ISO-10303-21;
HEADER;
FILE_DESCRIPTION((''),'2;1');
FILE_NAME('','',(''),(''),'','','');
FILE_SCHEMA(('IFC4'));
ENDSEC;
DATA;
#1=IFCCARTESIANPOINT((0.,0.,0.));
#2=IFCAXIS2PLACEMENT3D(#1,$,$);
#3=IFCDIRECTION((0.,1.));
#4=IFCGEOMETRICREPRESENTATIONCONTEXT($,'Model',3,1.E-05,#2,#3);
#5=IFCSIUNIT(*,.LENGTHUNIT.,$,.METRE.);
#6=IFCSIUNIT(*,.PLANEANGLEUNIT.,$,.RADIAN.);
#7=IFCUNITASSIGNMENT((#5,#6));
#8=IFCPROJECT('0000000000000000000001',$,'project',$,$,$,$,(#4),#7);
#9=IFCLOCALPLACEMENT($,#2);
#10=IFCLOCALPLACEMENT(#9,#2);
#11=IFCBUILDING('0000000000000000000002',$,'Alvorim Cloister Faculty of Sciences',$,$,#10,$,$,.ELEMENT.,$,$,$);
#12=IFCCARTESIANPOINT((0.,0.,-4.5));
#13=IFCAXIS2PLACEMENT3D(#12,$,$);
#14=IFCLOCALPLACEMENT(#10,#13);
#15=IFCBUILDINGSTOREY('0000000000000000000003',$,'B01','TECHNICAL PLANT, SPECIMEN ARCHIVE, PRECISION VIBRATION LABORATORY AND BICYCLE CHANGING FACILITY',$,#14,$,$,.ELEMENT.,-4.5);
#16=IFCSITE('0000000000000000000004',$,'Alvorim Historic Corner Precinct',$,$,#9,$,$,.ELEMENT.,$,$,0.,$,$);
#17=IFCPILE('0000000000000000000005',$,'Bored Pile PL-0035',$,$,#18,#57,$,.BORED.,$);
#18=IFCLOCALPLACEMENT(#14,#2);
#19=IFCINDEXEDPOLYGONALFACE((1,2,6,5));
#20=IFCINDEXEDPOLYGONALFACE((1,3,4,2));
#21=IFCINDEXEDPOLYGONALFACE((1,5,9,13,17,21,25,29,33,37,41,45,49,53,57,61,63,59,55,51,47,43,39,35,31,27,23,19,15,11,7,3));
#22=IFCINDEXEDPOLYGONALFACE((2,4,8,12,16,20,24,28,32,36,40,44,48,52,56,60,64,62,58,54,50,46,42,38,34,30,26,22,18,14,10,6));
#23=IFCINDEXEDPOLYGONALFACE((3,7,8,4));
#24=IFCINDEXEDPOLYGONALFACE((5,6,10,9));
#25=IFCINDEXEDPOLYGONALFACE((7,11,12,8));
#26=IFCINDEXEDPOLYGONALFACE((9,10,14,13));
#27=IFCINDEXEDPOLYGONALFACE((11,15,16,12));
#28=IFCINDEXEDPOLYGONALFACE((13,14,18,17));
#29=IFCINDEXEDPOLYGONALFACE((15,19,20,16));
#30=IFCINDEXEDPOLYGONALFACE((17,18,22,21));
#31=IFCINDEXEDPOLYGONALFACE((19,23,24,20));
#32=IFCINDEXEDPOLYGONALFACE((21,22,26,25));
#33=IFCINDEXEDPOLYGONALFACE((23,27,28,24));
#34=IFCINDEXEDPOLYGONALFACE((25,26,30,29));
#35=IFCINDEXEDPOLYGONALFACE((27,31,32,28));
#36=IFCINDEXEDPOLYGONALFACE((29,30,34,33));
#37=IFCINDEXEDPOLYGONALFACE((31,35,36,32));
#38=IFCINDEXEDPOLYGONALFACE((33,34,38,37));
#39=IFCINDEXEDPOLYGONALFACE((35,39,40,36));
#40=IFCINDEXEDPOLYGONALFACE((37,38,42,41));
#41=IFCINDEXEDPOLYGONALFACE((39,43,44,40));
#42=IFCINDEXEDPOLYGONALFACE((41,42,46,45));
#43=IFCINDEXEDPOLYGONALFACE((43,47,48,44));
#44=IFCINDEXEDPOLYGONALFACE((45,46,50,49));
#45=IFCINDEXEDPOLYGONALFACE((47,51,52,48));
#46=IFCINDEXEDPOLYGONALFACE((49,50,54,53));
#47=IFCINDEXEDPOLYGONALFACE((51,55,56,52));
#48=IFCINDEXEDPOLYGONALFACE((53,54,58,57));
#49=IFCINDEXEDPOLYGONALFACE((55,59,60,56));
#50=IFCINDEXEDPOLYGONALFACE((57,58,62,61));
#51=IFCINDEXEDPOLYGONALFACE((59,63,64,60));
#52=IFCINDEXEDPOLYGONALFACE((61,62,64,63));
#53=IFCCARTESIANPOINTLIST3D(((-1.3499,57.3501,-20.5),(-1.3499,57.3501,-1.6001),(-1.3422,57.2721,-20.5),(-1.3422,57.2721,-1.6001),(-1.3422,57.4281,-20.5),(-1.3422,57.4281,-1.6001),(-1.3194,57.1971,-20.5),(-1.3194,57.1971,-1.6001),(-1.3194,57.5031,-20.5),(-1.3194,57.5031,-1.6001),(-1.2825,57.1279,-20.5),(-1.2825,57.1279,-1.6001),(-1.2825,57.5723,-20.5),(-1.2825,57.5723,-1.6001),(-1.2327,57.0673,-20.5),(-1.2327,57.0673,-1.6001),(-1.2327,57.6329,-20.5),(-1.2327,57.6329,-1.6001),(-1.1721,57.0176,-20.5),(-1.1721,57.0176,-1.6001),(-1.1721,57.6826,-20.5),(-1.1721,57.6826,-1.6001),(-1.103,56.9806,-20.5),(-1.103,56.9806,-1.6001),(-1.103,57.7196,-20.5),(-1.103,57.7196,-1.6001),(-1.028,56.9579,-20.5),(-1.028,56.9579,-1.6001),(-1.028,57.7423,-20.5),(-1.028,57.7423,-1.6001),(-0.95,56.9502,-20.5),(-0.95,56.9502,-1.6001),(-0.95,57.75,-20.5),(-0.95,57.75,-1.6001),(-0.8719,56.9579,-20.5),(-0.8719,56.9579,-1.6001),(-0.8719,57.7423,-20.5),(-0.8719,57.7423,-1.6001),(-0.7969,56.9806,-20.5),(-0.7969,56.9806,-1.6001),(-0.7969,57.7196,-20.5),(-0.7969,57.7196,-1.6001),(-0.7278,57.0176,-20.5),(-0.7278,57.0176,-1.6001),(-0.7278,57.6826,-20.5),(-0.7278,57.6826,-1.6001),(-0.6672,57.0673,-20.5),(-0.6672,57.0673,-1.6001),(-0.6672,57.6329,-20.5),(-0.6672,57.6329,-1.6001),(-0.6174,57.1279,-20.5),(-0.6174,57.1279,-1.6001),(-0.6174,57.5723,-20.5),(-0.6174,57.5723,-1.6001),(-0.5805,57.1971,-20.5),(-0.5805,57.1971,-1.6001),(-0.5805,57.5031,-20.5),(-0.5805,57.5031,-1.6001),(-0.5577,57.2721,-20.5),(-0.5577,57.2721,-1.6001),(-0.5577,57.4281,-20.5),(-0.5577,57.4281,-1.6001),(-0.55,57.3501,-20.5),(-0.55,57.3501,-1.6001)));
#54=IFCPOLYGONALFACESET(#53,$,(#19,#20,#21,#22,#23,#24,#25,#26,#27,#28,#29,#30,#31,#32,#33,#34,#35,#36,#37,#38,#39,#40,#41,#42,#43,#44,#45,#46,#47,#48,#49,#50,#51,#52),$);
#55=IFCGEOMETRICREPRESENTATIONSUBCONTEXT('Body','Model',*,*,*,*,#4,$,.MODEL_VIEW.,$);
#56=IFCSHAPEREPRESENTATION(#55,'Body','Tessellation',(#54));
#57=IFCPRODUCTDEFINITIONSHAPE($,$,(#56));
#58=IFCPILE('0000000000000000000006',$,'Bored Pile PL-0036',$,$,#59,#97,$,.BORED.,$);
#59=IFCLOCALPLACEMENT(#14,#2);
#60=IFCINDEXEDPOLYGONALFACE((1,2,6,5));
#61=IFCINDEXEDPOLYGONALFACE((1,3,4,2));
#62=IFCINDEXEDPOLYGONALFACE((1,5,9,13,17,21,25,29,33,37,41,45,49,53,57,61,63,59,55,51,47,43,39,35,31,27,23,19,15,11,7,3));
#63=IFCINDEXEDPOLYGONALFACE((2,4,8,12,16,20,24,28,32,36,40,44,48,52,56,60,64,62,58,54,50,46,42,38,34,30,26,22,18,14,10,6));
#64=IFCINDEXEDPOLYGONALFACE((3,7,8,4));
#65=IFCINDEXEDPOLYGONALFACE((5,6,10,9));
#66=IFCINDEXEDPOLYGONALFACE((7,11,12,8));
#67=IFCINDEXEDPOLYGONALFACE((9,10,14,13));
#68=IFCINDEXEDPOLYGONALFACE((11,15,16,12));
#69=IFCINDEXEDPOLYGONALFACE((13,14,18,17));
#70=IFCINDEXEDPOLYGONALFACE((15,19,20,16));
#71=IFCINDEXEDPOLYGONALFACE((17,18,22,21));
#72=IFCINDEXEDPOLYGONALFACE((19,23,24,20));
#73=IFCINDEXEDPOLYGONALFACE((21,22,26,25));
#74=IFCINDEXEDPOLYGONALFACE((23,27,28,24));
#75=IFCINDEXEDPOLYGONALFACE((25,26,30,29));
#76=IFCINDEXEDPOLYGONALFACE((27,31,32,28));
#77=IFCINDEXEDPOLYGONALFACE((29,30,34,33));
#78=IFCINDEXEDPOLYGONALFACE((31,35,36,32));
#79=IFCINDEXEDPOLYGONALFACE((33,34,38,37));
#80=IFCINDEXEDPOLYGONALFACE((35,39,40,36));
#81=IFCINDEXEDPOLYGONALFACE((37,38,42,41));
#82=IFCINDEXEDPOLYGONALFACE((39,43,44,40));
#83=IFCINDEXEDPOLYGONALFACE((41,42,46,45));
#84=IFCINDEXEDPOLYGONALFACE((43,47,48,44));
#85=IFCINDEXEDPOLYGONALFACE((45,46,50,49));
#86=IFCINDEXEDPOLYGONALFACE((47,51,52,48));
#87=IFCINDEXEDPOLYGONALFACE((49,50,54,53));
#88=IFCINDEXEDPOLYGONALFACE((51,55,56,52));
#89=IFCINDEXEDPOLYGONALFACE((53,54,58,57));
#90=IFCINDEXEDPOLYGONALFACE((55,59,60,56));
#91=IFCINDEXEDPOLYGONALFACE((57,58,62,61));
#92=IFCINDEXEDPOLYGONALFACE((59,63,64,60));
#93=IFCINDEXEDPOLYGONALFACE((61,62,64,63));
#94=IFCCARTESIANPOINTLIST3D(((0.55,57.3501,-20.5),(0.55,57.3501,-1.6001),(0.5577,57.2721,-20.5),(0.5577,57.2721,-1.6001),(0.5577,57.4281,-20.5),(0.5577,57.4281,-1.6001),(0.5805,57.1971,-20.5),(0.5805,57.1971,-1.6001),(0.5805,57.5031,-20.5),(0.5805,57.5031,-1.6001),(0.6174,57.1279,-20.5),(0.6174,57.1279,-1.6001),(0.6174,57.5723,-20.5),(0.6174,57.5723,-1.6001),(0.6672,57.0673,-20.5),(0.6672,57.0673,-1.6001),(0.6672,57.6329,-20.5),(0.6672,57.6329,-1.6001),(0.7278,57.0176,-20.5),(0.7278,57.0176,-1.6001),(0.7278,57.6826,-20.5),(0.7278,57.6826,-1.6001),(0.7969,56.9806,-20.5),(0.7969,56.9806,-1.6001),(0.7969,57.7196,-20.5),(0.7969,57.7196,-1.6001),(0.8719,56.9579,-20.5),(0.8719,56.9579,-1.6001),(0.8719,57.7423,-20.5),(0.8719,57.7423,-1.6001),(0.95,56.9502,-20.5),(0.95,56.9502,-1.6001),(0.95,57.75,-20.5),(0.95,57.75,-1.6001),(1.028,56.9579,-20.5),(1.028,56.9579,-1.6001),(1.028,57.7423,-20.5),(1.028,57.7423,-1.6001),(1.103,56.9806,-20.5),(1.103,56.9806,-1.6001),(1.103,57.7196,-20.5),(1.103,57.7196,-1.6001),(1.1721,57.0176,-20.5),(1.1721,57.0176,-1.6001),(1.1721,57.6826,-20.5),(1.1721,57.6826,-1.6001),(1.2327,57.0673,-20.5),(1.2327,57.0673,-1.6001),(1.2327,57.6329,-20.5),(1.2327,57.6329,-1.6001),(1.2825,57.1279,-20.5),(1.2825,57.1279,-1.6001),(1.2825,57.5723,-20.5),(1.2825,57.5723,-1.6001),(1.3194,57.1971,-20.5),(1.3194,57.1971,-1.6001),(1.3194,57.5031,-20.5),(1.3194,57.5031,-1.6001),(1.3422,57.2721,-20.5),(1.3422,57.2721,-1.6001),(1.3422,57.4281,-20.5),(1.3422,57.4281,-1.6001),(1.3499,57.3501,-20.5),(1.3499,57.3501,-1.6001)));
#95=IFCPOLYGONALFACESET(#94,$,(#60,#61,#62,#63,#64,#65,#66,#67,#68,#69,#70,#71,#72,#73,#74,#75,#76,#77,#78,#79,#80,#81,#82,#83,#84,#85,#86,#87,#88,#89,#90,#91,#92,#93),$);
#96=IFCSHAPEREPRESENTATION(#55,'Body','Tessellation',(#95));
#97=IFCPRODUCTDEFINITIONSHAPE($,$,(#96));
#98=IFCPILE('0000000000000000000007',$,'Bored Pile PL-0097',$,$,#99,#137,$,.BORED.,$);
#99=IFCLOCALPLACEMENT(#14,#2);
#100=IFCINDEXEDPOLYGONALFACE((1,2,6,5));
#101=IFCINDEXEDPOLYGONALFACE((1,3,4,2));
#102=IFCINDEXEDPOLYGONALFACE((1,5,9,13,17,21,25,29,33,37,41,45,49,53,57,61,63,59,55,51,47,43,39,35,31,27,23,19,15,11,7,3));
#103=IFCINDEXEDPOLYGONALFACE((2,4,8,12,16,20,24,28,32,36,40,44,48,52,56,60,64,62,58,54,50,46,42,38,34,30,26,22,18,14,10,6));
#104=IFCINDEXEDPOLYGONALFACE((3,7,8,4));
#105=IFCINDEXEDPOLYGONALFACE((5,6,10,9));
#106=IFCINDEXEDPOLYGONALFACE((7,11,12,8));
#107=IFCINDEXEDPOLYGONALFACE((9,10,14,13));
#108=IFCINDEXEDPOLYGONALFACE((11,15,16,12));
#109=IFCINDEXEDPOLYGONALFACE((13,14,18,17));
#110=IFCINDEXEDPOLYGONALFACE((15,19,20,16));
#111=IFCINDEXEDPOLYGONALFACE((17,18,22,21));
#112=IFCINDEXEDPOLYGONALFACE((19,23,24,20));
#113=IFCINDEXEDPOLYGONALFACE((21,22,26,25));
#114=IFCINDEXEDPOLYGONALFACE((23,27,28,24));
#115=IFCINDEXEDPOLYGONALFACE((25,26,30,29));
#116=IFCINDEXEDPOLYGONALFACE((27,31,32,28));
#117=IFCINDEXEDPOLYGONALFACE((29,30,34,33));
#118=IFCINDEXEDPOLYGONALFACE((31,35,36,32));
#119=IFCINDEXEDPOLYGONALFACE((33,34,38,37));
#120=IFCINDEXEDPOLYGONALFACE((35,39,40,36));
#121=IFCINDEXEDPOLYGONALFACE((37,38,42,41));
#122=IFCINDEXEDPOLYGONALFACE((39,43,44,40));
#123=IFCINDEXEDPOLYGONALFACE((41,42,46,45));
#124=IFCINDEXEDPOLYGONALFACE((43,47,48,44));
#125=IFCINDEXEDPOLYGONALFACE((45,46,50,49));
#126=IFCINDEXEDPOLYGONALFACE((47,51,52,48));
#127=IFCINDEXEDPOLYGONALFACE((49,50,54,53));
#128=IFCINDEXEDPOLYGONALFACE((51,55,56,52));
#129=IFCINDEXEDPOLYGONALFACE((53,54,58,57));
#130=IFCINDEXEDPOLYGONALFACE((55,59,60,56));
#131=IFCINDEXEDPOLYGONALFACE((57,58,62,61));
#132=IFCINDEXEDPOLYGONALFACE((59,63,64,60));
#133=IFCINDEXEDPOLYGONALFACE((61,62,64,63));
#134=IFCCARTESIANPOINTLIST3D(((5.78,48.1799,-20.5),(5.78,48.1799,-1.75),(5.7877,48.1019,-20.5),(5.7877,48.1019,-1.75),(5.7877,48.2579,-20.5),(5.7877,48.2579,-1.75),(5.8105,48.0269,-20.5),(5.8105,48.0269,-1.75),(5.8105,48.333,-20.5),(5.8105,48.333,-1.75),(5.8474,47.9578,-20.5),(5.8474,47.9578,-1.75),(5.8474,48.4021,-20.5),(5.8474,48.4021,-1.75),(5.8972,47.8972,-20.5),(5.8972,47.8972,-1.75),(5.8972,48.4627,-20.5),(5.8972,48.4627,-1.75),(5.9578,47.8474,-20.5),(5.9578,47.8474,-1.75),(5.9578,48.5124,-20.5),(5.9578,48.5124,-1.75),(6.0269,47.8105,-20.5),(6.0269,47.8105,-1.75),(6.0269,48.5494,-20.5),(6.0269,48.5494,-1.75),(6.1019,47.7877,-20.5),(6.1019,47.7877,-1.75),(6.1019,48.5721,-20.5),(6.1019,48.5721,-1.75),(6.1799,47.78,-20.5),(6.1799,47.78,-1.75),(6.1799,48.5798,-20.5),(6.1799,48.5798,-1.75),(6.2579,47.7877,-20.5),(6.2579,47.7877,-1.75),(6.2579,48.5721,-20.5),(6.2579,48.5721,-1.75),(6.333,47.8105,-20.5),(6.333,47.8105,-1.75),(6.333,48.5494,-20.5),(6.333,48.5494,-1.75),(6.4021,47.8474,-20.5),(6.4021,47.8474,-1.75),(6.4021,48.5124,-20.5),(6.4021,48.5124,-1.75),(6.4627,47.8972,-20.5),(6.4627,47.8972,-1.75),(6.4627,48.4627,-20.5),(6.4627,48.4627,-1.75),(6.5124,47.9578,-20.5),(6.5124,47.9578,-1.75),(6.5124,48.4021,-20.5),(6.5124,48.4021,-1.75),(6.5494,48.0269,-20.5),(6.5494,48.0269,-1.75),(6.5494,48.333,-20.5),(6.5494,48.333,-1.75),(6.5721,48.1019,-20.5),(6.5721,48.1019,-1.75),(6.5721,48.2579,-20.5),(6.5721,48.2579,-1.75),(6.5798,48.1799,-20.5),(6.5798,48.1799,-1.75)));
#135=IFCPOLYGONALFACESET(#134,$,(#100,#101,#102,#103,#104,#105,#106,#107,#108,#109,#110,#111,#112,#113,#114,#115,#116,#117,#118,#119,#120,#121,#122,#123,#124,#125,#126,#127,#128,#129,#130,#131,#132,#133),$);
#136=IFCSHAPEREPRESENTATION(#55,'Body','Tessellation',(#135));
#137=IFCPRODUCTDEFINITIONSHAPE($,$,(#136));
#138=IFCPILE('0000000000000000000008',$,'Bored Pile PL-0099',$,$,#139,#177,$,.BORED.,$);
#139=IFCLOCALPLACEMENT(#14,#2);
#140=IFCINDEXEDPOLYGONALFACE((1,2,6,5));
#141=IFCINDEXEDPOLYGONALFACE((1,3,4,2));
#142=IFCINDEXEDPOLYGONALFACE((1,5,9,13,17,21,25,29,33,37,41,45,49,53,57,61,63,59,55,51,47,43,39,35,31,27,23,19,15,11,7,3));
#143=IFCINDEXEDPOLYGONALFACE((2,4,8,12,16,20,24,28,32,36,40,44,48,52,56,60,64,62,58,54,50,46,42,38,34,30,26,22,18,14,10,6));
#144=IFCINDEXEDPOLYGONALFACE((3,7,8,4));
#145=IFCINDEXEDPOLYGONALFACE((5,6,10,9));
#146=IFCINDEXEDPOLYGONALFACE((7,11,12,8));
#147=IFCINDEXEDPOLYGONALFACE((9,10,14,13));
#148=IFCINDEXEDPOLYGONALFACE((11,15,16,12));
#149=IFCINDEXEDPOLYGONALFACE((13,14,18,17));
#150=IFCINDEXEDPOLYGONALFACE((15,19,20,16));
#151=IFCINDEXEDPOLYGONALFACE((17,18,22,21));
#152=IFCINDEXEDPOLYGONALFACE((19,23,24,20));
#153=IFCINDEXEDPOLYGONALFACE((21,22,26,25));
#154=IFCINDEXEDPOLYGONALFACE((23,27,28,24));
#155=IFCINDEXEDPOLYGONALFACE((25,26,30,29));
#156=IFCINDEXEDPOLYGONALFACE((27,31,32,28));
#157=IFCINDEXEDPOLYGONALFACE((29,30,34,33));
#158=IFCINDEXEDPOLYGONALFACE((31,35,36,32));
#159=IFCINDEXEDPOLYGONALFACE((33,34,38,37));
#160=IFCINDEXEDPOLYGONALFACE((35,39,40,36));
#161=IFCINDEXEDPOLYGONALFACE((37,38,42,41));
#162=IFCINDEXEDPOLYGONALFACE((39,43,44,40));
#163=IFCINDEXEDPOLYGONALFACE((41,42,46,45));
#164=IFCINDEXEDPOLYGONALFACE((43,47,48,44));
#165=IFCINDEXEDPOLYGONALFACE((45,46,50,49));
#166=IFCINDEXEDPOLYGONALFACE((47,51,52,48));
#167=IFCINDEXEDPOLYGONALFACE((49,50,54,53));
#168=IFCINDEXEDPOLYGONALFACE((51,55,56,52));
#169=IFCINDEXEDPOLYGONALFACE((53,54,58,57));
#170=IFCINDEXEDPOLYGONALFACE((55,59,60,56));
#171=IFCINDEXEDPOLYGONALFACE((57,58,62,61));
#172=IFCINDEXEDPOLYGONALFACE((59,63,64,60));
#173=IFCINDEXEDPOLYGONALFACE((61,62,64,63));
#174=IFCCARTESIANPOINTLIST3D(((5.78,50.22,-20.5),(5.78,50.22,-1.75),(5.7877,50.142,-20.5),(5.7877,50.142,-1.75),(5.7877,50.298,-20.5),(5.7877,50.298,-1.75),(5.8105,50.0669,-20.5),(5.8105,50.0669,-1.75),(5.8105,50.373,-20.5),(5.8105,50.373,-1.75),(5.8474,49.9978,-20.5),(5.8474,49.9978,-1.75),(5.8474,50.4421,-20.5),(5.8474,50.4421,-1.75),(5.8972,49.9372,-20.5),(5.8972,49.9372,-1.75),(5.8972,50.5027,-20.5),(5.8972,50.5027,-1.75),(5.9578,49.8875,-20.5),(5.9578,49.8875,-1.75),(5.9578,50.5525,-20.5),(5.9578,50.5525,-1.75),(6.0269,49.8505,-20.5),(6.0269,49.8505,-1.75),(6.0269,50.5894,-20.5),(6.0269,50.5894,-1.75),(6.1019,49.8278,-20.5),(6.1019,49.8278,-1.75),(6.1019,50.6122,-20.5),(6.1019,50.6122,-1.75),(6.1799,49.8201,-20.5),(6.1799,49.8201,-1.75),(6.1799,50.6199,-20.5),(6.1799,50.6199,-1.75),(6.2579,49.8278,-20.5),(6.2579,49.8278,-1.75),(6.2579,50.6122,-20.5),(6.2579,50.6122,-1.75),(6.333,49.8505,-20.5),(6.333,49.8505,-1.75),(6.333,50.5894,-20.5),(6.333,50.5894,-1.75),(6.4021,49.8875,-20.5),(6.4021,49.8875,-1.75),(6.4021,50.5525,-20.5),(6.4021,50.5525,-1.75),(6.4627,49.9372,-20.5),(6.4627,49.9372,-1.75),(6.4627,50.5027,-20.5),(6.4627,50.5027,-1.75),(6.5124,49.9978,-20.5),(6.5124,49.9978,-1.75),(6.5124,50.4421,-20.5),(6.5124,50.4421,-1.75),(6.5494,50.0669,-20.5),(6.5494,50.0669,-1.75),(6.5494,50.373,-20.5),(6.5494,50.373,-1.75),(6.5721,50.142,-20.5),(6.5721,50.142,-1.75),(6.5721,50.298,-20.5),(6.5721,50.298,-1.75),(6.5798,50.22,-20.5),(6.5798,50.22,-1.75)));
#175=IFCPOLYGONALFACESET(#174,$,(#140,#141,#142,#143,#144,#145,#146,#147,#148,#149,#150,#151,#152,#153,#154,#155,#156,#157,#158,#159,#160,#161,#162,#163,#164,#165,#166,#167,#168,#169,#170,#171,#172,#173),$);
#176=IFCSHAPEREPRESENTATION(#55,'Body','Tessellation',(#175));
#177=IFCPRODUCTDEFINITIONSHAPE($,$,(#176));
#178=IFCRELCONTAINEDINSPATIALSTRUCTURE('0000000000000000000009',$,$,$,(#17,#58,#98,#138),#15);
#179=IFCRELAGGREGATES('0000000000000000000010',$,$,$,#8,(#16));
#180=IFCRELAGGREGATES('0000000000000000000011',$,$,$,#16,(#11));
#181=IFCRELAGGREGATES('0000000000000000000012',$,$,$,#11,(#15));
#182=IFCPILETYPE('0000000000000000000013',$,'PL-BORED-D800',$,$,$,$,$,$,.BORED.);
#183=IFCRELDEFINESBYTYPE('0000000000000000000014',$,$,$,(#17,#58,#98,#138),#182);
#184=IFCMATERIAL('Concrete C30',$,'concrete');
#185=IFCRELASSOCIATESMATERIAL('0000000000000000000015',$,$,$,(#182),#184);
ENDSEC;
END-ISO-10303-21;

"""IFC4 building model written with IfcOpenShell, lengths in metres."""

from ifc_helpers import new_model, si_unit, direction, frame, origin, origin_2d, place, context, subcontext, project, spatial, circle, extrude, material, material_profile, profile_set, type_object, element, save


model = new_model("IFC4")

# Units and contexts
model_context = context("Model", 3, precision=1e-05, world=origin(), true_north=direction((0.0, 1.0)))
body_context = subcontext(model_context, "Body", "Model", "MODEL_VIEW")
ifc_project = project(units=[si_unit("LENGTHUNIT", "METRE"), si_unit("PLANEANGLEUNIT", "RADIAN")], contexts=[model_context])

# Site, building, storey
site_placement = place(None, origin())
site = spatial("IfcSite", under=ifc_project, at=site_placement, Name="Alvorim Historic Corner Precinct", CompositionType="ELEMENT", RefElevation=0.0)
building_placement = place(site_placement, origin())
building = spatial("IfcBuilding", under=site, at=building_placement, Name="Alvorim Cloister Faculty of Sciences", CompositionType="ELEMENT")
storey_placement = place(building_placement, frame((0.0, 0.0, -4.5)))
storey = spatial("IfcBuildingStorey", under=building, at=storey_placement, Name="B01", Description="TECHNICAL PLANT, SPECIMEN ARCHIVE, PRECISION VIBRATION LABORATORY AND BICYCLE CHANGING FACILITY", CompositionType="ELEMENT", Elevation=-4.5)

# Piles
ifc_material_1 = material(Name="Concrete C30", Category="concrete")
ifc_material_profile_1 = material_profile(ifc_material_1, circle(Radius=0.3999, at=origin_2d()), Name="PILE-D800")
ifc_profile_set_1 = profile_set([ifc_material_profile_1], Name="Concrete C30")
pile_type_1 = type_object("IfcPileType", Name="PL-BORED-D800", PredefinedType="BORED", material=ifc_profile_set_1)
for number, where, z_axis, x_axis, name in (
    (1, (-0.95, 57.3501, -1.6001), (0.0, 0.0, -1.0), (1.0, 0.0, 0.0), "Bored Pile PL-0035"),
    (2, (0.95, 57.3501, -1.6001), (0.0, 0.0, -1.0), (1.0, 0.0, 0.0), "Bored Pile PL-0036"),
):
    element("IfcPile", number, at=place(storey_placement, frame(where, z_axis=z_axis, x_axis=x_axis)), inside=storey, type_object=pile_type_1, Name=name, PredefinedType="BORED", context=body_context, shape_type="SweptSolid", body=[
        extrude(circle(Radius=0.3999, at=origin_2d()), origin(), (0.0, 0.0, 1.0), 18.8999),
    ])
for number, where, z_axis, x_axis, name in (
    (3, (6.1799, 48.1799, -1.75), (0.0, 0.0, -1.0), (1.0, 0.0, 0.0), "Bored Pile PL-0097"),
    (4, (6.1799, 50.22, -1.75), (0.0, 0.0, -1.0), (1.0, 0.0, 0.0), "Bored Pile PL-0099"),
):
    element("IfcPile", number, at=place(storey_placement, frame(where, z_axis=z_axis, x_axis=x_axis)), inside=storey, type_object=pile_type_1, Name=name, PredefinedType="BORED", context=body_context, shape_type="SweptSolid", body=[
        extrude(circle(Radius=0.3999, at=origin_2d()), origin(), (0.0, 0.0, 1.0), 18.75),
    ])

save(model, "model.ifc")
